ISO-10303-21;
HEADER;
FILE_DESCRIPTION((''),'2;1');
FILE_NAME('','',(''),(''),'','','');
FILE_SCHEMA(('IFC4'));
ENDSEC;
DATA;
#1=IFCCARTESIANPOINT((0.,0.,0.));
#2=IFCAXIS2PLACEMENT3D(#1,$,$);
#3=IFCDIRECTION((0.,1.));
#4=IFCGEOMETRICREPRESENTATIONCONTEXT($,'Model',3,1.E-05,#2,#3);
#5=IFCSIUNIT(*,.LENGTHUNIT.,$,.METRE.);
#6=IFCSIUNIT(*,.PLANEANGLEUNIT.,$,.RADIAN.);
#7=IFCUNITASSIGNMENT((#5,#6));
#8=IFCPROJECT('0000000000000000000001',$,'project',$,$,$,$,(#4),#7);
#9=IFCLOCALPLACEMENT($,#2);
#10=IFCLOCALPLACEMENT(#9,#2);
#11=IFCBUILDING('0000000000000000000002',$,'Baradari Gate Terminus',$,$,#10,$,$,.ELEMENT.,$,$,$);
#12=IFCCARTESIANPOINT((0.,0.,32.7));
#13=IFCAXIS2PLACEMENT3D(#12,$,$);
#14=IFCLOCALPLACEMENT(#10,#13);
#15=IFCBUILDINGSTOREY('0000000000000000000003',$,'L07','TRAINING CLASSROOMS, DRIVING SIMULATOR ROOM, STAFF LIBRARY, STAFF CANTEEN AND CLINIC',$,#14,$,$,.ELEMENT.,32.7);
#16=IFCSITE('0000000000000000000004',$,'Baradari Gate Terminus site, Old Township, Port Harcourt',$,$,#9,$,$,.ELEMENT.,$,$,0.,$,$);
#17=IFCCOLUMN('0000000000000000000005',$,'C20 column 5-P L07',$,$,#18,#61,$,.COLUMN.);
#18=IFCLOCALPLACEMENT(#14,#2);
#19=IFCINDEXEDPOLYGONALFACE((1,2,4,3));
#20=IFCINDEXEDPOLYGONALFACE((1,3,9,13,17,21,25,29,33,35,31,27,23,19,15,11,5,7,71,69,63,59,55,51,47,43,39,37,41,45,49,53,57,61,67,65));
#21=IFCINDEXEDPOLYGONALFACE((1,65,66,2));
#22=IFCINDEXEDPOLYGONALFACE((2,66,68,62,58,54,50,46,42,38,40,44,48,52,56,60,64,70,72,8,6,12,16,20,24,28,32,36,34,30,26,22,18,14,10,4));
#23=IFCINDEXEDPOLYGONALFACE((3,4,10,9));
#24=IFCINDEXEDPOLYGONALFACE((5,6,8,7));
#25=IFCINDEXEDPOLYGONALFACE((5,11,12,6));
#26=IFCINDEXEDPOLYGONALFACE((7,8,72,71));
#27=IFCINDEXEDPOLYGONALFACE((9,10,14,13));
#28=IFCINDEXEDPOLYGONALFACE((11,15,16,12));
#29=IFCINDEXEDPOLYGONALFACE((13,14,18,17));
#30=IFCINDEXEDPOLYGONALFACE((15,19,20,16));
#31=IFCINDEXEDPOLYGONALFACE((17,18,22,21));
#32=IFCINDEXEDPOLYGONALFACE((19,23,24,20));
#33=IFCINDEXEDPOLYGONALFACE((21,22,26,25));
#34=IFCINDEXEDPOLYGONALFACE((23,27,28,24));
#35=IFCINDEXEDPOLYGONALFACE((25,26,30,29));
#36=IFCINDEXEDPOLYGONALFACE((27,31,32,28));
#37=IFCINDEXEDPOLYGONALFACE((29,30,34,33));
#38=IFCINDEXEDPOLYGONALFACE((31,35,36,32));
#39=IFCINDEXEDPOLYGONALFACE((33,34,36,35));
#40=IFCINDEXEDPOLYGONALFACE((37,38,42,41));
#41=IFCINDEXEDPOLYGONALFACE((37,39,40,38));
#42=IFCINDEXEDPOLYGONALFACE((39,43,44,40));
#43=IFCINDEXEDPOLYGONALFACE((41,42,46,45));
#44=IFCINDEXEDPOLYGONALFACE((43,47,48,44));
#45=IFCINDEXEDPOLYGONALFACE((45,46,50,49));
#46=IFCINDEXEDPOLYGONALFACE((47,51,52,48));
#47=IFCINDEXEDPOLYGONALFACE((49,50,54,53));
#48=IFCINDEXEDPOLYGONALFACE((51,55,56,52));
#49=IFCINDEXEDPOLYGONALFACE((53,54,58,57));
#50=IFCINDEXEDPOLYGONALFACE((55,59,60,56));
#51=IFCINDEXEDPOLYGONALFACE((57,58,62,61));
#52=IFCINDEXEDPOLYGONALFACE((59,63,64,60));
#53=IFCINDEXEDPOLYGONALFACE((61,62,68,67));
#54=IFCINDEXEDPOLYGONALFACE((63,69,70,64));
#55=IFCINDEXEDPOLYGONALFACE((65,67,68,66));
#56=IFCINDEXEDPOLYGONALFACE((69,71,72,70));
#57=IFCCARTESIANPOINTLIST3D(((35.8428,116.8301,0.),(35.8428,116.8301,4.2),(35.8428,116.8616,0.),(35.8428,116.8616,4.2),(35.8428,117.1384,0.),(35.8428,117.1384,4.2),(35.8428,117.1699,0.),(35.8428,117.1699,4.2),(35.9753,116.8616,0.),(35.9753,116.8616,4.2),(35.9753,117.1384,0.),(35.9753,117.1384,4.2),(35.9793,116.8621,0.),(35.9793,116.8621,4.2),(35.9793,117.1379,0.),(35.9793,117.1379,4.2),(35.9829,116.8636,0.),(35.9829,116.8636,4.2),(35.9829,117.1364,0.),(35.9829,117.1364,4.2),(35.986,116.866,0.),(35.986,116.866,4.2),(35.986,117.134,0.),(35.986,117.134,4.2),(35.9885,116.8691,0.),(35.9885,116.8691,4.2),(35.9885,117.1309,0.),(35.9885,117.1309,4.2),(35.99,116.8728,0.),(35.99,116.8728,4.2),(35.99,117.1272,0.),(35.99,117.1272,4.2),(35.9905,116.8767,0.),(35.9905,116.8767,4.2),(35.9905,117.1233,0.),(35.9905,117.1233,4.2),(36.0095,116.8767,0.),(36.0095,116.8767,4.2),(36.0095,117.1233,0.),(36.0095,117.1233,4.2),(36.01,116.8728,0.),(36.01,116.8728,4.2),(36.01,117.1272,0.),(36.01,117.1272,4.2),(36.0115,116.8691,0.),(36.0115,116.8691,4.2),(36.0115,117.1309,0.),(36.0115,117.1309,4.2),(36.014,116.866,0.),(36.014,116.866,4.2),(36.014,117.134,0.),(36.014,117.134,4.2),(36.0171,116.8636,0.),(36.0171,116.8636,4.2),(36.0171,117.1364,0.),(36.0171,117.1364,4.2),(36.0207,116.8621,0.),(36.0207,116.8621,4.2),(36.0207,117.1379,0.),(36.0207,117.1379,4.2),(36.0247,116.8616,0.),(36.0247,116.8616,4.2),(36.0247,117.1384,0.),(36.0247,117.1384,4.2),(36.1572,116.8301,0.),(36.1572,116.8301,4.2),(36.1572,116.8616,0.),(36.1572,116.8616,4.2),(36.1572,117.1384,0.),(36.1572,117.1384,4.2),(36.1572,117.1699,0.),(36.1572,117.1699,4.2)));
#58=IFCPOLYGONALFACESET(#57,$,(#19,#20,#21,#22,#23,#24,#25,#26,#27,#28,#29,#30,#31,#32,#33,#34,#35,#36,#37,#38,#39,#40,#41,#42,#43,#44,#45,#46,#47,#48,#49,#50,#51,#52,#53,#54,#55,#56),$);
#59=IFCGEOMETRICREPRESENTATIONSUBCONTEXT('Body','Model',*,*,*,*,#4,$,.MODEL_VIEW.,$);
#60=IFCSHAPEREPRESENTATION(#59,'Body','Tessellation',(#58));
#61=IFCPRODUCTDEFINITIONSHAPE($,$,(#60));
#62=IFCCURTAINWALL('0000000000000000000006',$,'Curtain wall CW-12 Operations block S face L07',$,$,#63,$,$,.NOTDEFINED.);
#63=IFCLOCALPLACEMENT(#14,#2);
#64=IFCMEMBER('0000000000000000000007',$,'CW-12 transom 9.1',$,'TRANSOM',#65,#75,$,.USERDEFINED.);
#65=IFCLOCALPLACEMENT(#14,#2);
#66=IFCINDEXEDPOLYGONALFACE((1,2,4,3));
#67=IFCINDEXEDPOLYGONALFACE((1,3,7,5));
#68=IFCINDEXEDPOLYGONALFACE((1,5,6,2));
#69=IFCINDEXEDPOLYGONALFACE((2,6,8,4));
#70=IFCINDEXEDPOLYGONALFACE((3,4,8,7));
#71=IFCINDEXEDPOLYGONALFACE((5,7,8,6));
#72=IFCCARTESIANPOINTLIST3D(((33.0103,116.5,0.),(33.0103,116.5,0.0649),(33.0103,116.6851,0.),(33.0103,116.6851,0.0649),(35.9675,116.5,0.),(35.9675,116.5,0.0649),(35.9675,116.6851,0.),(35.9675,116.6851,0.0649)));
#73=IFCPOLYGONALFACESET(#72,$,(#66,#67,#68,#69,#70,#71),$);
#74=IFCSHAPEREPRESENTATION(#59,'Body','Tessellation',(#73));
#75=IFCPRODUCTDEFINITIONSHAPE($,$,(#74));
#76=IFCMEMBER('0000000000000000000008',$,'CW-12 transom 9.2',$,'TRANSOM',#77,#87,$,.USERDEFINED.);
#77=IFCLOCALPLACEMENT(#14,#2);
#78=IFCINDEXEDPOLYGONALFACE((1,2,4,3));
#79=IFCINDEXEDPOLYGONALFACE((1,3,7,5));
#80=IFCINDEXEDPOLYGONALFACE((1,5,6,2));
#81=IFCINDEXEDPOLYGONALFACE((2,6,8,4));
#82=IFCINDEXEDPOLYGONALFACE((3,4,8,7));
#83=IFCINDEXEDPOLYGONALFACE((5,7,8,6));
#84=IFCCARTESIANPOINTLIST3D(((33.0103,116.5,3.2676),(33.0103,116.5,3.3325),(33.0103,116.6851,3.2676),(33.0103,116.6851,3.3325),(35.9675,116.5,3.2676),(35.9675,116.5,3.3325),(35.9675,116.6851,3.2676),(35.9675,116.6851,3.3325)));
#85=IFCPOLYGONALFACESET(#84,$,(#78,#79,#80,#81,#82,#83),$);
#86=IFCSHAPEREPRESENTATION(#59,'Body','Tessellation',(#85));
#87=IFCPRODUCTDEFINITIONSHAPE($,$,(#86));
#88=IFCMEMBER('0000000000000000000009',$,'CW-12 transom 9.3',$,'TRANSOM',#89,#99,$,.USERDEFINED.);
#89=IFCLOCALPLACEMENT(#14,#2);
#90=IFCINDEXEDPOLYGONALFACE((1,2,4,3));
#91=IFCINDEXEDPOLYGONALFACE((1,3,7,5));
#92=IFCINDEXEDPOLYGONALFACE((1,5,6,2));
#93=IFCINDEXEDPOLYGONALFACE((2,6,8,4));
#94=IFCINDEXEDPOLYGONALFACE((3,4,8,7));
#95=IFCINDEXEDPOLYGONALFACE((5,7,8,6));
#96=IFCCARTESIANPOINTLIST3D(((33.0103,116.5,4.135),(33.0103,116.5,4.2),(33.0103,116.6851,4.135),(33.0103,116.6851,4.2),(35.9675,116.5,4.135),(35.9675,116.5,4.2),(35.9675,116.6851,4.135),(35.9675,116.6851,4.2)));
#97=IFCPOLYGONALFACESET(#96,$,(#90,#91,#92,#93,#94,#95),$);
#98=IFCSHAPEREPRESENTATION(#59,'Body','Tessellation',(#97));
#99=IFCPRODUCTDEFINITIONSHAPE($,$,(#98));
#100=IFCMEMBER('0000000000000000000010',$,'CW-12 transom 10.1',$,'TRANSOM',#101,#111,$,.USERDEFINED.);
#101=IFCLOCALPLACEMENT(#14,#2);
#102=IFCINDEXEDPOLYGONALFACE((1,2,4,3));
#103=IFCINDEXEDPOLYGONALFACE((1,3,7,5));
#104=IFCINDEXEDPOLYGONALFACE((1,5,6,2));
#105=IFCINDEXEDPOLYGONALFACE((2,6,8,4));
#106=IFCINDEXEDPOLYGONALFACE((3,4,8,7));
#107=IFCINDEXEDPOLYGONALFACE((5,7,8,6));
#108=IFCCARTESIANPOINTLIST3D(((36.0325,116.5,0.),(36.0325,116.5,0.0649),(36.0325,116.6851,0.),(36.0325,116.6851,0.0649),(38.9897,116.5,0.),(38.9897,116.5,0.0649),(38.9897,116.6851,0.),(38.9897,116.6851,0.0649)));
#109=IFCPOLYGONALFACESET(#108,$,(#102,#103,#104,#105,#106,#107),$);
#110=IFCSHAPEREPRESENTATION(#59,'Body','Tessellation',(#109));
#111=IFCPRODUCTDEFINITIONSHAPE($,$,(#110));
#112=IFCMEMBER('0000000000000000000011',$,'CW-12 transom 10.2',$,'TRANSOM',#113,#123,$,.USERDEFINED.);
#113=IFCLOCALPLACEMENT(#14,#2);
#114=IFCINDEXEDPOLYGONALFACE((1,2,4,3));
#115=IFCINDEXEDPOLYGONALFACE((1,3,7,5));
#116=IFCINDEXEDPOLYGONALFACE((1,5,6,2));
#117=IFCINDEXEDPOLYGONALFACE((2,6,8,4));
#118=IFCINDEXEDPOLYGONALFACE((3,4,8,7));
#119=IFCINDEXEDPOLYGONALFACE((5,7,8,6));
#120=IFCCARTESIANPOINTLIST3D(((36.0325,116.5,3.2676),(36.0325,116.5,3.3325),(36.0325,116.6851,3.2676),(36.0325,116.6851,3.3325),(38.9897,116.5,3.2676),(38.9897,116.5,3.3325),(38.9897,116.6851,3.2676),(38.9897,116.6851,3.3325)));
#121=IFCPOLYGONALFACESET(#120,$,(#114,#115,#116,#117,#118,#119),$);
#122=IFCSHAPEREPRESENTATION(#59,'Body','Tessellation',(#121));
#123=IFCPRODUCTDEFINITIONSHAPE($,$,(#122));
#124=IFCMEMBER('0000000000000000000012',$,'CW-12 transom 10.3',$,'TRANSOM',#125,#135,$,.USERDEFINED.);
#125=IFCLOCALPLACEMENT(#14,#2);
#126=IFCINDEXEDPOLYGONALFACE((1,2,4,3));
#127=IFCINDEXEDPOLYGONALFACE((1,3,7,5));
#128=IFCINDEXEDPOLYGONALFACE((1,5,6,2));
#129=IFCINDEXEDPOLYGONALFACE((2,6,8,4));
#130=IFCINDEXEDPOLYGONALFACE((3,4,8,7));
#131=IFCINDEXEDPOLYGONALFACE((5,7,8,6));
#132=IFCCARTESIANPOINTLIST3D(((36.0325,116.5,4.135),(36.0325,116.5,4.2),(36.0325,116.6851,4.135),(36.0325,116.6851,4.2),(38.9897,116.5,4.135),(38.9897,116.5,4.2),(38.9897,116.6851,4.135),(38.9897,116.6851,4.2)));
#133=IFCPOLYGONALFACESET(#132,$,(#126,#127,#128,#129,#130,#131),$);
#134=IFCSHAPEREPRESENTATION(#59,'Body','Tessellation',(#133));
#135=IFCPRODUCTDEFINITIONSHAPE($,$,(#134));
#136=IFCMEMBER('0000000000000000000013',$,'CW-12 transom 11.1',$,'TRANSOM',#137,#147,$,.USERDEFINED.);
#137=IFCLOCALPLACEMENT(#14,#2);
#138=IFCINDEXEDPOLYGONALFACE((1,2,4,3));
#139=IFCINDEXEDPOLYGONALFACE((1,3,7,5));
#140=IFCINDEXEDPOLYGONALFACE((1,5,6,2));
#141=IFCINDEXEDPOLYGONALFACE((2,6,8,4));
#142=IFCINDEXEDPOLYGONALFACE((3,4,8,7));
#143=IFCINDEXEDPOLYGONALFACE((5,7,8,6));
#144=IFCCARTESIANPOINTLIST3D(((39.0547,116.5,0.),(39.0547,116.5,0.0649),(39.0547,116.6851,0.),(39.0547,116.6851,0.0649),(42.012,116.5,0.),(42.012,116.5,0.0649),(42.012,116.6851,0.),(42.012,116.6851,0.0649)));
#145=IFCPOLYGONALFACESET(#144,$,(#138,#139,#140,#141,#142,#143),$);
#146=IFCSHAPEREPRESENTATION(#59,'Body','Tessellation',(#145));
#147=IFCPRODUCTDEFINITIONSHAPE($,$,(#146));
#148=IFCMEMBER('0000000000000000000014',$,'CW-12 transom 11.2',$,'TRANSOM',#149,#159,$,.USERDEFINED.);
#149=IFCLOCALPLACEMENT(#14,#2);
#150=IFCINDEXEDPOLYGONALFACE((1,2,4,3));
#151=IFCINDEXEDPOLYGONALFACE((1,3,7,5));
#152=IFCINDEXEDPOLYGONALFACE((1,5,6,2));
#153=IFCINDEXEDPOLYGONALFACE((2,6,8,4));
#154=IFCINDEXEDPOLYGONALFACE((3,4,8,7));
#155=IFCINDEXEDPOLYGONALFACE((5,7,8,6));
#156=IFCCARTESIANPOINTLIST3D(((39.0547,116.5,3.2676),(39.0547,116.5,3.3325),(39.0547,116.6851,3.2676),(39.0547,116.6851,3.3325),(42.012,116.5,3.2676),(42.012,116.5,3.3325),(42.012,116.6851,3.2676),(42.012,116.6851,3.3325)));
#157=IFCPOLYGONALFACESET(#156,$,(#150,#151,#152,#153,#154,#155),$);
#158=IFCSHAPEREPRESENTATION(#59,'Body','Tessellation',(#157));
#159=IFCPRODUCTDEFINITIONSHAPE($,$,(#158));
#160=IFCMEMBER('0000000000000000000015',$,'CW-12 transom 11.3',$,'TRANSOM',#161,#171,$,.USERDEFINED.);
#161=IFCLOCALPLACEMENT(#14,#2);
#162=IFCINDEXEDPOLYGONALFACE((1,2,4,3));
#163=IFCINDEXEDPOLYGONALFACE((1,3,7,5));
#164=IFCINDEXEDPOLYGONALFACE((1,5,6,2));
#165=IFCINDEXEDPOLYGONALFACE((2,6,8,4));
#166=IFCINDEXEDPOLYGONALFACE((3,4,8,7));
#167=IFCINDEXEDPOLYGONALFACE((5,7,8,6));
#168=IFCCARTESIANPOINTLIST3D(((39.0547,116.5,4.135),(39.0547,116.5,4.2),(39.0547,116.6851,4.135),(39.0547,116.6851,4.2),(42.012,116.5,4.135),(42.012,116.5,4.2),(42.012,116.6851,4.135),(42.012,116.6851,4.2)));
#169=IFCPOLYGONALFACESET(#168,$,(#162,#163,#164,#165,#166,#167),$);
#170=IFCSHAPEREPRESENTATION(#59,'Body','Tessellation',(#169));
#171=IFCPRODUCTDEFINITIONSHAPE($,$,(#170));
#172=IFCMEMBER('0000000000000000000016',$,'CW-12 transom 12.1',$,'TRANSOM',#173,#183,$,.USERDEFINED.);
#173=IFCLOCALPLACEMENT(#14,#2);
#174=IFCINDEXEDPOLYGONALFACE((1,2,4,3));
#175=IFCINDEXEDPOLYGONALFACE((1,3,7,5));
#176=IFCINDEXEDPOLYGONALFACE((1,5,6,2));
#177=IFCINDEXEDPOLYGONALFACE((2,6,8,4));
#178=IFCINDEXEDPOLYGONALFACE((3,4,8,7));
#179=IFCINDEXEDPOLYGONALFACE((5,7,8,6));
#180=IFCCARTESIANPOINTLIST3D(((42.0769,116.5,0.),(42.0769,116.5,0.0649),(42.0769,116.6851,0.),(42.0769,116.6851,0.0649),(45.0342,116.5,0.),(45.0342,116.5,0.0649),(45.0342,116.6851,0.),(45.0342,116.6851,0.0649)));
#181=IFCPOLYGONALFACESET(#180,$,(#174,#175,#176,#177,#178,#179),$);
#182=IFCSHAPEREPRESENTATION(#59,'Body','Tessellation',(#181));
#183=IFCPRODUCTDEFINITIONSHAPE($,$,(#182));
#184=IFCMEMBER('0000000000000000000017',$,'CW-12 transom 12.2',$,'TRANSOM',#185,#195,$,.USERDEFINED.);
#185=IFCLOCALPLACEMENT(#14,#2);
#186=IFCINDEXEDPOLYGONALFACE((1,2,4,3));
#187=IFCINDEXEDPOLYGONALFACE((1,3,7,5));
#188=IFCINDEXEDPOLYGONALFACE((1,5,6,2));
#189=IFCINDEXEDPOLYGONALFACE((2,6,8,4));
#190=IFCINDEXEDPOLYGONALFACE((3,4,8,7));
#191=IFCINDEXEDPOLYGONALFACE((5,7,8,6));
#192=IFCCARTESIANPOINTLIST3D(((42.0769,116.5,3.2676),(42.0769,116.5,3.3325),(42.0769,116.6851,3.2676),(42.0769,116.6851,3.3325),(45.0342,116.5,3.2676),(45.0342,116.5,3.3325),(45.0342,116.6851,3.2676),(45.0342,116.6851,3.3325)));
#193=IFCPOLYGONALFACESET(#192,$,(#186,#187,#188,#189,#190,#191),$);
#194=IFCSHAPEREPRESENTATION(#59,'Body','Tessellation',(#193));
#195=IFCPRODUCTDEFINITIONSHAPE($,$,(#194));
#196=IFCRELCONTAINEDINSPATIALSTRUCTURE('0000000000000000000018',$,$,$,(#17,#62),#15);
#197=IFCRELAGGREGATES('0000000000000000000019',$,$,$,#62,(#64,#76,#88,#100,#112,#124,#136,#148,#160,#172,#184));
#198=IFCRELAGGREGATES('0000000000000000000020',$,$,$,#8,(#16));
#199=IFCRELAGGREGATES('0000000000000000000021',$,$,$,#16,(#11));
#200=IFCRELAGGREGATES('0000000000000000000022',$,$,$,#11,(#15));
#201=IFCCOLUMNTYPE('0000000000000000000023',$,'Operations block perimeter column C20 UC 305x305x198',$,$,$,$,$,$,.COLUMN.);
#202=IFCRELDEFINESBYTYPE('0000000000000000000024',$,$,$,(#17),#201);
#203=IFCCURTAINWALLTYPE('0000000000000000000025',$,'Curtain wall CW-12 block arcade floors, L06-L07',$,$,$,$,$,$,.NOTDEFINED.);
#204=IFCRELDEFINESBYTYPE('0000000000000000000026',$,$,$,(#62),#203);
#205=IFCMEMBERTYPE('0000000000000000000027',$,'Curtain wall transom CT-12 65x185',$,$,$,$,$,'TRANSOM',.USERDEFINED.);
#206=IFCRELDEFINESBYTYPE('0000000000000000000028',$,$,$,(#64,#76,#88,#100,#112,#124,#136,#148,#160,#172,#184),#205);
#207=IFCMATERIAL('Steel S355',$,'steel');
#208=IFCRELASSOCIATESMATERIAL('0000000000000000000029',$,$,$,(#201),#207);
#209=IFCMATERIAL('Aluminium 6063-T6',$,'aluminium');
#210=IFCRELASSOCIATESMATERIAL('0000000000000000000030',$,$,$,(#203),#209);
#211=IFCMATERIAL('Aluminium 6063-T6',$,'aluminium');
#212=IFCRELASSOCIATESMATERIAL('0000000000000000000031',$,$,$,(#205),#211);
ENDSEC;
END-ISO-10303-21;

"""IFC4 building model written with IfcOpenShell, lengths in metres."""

from ifc_helpers import new_model, si_unit, direction, frame, origin, origin_2d, place, context, subcontext, project, spatial, rectangle, i_section, extrude, material, material_profile, profile_set, type_object, element, aggregate, save


model = new_model("IFC4")

# Units and contexts
model_context = context("Model", 3, precision=1e-05, world=origin(), true_north=direction((0.0, 1.0)))
body_context = subcontext(model_context, "Body", "Model", "MODEL_VIEW")
ifc_project = project(units=[si_unit("LENGTHUNIT", "METRE"), si_unit("PLANEANGLEUNIT", "RADIAN")], contexts=[model_context])

# Site, building, storey
site_placement = place(None, origin())
site = spatial("IfcSite", under=ifc_project, at=site_placement, Name="Baradari Gate Terminus site, Old Township, Port Harcourt", CompositionType="ELEMENT", RefElevation=0.0)
building_placement = place(site_placement, origin())
building = spatial("IfcBuilding", under=site, at=building_placement, Name="Baradari Gate Terminus", CompositionType="ELEMENT")
storey_placement = place(building_placement, frame((0.0, 0.0, 32.7)))
storey = spatial("IfcBuildingStorey", under=building, at=storey_placement, Name="L07", Description="TRAINING CLASSROOMS, DRIVING SIMULATOR ROOM, STAFF LIBRARY, STAFF CANTEEN AND CLINIC", CompositionType="ELEMENT", Elevation=32.7)

# Column
ifc_material_1 = material(Name="Steel S355", Category="steel")
ifc_material_profile_1 = material_profile(ifc_material_1, i_section(OverallWidth=0.3145, OverallDepth=0.3398, WebThickness=0.019, FlangeThickness=0.0315, FilletRadius=0.0151, at=origin_2d()), Name="UC 305x305x198")
ifc_profile_set_1 = profile_set([ifc_material_profile_1], Name="Steel S355")
column_type = type_object("IfcColumnType", Name="Operations block perimeter column C20 UC 305x305x198", PredefinedType="COLUMN", material=ifc_profile_set_1)
column_placement = place(storey_placement, frame((36.0, 117.0, 0.0), z_axis=(0.0, 0.0, 1.0), x_axis=(1.0, 0.0, 0.0)))
element("IfcColumn", 1, at=column_placement, inside=storey, type_object=column_type, Name="C20 column 5-P L07", PredefinedType="COLUMN", context=body_context, shape_type="SweptSolid", body=[
    extrude(i_section(OverallWidth=0.3145, OverallDepth=0.3398, WebThickness=0.019, FlangeThickness=0.0315, FilletRadius=0.0151, at=origin_2d()), origin(), (0.0, 0.0, 1.0), 4.2),
])

# Curtain wall, members
ifc_material_2 = material(Name="Aluminium 6063-T6", Category="aluminium")
curtain_wall_type = type_object("IfcCurtainWallType", Name="Curtain wall CW-12 block arcade floors, L06-L07", PredefinedType="NOTDEFINED", material=ifc_material_2)
curtain_wall_placement = place(storey_placement, origin())
curtain_wall = element("IfcCurtainWall", 2, at=curtain_wall_placement, inside=storey, type_object=curtain_wall_type, Name="Curtain wall CW-12 Operations block S face L07", PredefinedType="NOTDEFINED")
ifc_material_3 = material(Name="Aluminium 6063-T6", Category="aluminium")
ifc_material_profile_2 = material_profile(ifc_material_3, rectangle(XDim=0.1851, YDim=0.0649, at=origin_2d()), Name="CT-12 65X185")
ifc_profile_set_2 = profile_set([ifc_material_profile_2], Name="Aluminium 6063-T6")
member_type = type_object("IfcMemberType", Name="Curtain wall transom CT-12 65x185", ElementType="TRANSOM", PredefinedType="USERDEFINED", material=ifc_profile_set_2)
member_1_placement = place(storey_placement, frame((33.0103, 116.5925, 0.0325), z_axis=(1.0, 0.0, 0.0), x_axis=(0.0, 1.0, 0.0)))
member_1 = element("IfcMember", 3, at=member_1_placement, type_object=member_type, Name="CW-12 transom 9.1", ObjectType="TRANSOM", PredefinedType="USERDEFINED", context=body_context, shape_type="SweptSolid", body=[
    extrude(rectangle(XDim=0.1851, YDim=0.0649, at=origin_2d()), origin(), (0.0, 0.0, 1.0), 2.9573),
])
member_2_placement = place(storey_placement, frame((33.0103, 116.5925, 3.3), z_axis=(1.0, 0.0, 0.0), x_axis=(0.0, 1.0, 0.0)))
member_2 = element("IfcMember", 4, at=member_2_placement, type_object=member_type, Name="CW-12 transom 9.2", ObjectType="TRANSOM", PredefinedType="USERDEFINED", context=body_context, shape_type="SweptSolid", body=[
    extrude(rectangle(XDim=0.1851, YDim=0.0649, at=origin_2d()), origin(), (0.0, 0.0, 1.0), 2.9573),
])
member_3_placement = place(storey_placement, frame((33.0103, 116.5925, 4.1675), z_axis=(1.0, 0.0, 0.0), x_axis=(0.0, 1.0, 0.0)))
member_3 = element("IfcMember", 5, at=member_3_placement, type_object=member_type, Name="CW-12 transom 9.3", ObjectType="TRANSOM", PredefinedType="USERDEFINED", context=body_context, shape_type="SweptSolid", body=[
    extrude(rectangle(XDim=0.1851, YDim=0.0649, at=origin_2d()), origin(), (0.0, 0.0, 1.0), 2.9573),
])
member_4_placement = place(storey_placement, frame((36.0325, 116.5925, 0.0325), z_axis=(1.0, 0.0, 0.0), x_axis=(0.0, 1.0, 0.0)))
member_4 = element("IfcMember", 6, at=member_4_placement, type_object=member_type, Name="CW-12 transom 10.1", ObjectType="TRANSOM", PredefinedType="USERDEFINED", context=body_context, shape_type="SweptSolid", body=[
    extrude(rectangle(XDim=0.1851, YDim=0.0649, at=origin_2d()), origin(), (0.0, 0.0, 1.0), 2.9573),
])
member_5_placement = place(storey_placement, frame((36.0325, 116.5925, 3.3), z_axis=(1.0, 0.0, 0.0), x_axis=(0.0, 1.0, 0.0)))
member_5 = element("IfcMember", 7, at=member_5_placement, type_object=member_type, Name="CW-12 transom 10.2", ObjectType="TRANSOM", PredefinedType="USERDEFINED", context=body_context, shape_type="SweptSolid", body=[
    extrude(rectangle(XDim=0.1851, YDim=0.0649, at=origin_2d()), origin(), (0.0, 0.0, 1.0), 2.9573),
])
member_6_placement = place(storey_placement, frame((36.0325, 116.5925, 4.1675), z_axis=(1.0, 0.0, 0.0), x_axis=(0.0, 1.0, 0.0)))
member_6 = element("IfcMember", 8, at=member_6_placement, type_object=member_type, Name="CW-12 transom 10.3", ObjectType="TRANSOM", PredefinedType="USERDEFINED", context=body_context, shape_type="SweptSolid", body=[
    extrude(rectangle(XDim=0.1851, YDim=0.0649, at=origin_2d()), origin(), (0.0, 0.0, 1.0), 2.9573),
])
member_7_placement = place(storey_placement, frame((39.0547, 116.5925, 0.0325), z_axis=(1.0, 0.0, 0.0), x_axis=(0.0, 1.0, 0.0)))
member_7 = element("IfcMember", 9, at=member_7_placement, type_object=member_type, Name="CW-12 transom 11.1", ObjectType="TRANSOM", PredefinedType="USERDEFINED", context=body_context, shape_type="SweptSolid", body=[
    extrude(rectangle(XDim=0.1851, YDim=0.0649, at=origin_2d()), origin(), (0.0, 0.0, 1.0), 2.9573),
])
member_8_placement = place(storey_placement, frame((39.0547, 116.5925, 3.3), z_axis=(1.0, 0.0, 0.0), x_axis=(0.0, 1.0, 0.0)))
member_8 = element("IfcMember", 10, at=member_8_placement, type_object=member_type, Name="CW-12 transom 11.2", ObjectType="TRANSOM", PredefinedType="USERDEFINED", context=body_context, shape_type="SweptSolid", body=[
    extrude(rectangle(XDim=0.1851, YDim=0.0649, at=origin_2d()), origin(), (0.0, 0.0, 1.0), 2.9573),
])
member_9_placement = place(storey_placement, frame((39.0547, 116.5925, 4.1675), z_axis=(1.0, 0.0, 0.0), x_axis=(0.0, 1.0, 0.0)))
member_9 = element("IfcMember", 11, at=member_9_placement, type_object=member_type, Name="CW-12 transom 11.3", ObjectType="TRANSOM", PredefinedType="USERDEFINED", context=body_context, shape_type="SweptSolid", body=[
    extrude(rectangle(XDim=0.1851, YDim=0.0649, at=origin_2d()), origin(), (0.0, 0.0, 1.0), 2.9573),
])
member_10_placement = place(storey_placement, frame((42.0769, 116.5925, 0.0325), z_axis=(1.0, 0.0, 0.0), x_axis=(0.0, 1.0, 0.0)))
member_10 = element("IfcMember", 12, at=member_10_placement, type_object=member_type, Name="CW-12 transom 12.1", ObjectType="TRANSOM", PredefinedType="USERDEFINED", context=body_context, shape_type="SweptSolid", body=[
    extrude(rectangle(XDim=0.1851, YDim=0.0649, at=origin_2d()), origin(), (0.0, 0.0, 1.0), 2.9573),
])
member_11_placement = place(storey_placement, frame((42.0769, 116.5925, 3.3), z_axis=(1.0, 0.0, 0.0), x_axis=(0.0, 1.0, 0.0)))
member_11 = element("IfcMember", 13, at=member_11_placement, type_object=member_type, Name="CW-12 transom 12.2", ObjectType="TRANSOM", PredefinedType="USERDEFINED", context=body_context, shape_type="SweptSolid", body=[
    extrude(rectangle(XDim=0.1851, YDim=0.0649, at=origin_2d()), origin(), (0.0, 0.0, 1.0), 2.9573),
])

aggregate(curtain_wall, [member_1, member_2, member_3, member_4, member_5, member_6, member_7, member_8, member_9, member_10, member_11])

save(model, "model.ifc")
